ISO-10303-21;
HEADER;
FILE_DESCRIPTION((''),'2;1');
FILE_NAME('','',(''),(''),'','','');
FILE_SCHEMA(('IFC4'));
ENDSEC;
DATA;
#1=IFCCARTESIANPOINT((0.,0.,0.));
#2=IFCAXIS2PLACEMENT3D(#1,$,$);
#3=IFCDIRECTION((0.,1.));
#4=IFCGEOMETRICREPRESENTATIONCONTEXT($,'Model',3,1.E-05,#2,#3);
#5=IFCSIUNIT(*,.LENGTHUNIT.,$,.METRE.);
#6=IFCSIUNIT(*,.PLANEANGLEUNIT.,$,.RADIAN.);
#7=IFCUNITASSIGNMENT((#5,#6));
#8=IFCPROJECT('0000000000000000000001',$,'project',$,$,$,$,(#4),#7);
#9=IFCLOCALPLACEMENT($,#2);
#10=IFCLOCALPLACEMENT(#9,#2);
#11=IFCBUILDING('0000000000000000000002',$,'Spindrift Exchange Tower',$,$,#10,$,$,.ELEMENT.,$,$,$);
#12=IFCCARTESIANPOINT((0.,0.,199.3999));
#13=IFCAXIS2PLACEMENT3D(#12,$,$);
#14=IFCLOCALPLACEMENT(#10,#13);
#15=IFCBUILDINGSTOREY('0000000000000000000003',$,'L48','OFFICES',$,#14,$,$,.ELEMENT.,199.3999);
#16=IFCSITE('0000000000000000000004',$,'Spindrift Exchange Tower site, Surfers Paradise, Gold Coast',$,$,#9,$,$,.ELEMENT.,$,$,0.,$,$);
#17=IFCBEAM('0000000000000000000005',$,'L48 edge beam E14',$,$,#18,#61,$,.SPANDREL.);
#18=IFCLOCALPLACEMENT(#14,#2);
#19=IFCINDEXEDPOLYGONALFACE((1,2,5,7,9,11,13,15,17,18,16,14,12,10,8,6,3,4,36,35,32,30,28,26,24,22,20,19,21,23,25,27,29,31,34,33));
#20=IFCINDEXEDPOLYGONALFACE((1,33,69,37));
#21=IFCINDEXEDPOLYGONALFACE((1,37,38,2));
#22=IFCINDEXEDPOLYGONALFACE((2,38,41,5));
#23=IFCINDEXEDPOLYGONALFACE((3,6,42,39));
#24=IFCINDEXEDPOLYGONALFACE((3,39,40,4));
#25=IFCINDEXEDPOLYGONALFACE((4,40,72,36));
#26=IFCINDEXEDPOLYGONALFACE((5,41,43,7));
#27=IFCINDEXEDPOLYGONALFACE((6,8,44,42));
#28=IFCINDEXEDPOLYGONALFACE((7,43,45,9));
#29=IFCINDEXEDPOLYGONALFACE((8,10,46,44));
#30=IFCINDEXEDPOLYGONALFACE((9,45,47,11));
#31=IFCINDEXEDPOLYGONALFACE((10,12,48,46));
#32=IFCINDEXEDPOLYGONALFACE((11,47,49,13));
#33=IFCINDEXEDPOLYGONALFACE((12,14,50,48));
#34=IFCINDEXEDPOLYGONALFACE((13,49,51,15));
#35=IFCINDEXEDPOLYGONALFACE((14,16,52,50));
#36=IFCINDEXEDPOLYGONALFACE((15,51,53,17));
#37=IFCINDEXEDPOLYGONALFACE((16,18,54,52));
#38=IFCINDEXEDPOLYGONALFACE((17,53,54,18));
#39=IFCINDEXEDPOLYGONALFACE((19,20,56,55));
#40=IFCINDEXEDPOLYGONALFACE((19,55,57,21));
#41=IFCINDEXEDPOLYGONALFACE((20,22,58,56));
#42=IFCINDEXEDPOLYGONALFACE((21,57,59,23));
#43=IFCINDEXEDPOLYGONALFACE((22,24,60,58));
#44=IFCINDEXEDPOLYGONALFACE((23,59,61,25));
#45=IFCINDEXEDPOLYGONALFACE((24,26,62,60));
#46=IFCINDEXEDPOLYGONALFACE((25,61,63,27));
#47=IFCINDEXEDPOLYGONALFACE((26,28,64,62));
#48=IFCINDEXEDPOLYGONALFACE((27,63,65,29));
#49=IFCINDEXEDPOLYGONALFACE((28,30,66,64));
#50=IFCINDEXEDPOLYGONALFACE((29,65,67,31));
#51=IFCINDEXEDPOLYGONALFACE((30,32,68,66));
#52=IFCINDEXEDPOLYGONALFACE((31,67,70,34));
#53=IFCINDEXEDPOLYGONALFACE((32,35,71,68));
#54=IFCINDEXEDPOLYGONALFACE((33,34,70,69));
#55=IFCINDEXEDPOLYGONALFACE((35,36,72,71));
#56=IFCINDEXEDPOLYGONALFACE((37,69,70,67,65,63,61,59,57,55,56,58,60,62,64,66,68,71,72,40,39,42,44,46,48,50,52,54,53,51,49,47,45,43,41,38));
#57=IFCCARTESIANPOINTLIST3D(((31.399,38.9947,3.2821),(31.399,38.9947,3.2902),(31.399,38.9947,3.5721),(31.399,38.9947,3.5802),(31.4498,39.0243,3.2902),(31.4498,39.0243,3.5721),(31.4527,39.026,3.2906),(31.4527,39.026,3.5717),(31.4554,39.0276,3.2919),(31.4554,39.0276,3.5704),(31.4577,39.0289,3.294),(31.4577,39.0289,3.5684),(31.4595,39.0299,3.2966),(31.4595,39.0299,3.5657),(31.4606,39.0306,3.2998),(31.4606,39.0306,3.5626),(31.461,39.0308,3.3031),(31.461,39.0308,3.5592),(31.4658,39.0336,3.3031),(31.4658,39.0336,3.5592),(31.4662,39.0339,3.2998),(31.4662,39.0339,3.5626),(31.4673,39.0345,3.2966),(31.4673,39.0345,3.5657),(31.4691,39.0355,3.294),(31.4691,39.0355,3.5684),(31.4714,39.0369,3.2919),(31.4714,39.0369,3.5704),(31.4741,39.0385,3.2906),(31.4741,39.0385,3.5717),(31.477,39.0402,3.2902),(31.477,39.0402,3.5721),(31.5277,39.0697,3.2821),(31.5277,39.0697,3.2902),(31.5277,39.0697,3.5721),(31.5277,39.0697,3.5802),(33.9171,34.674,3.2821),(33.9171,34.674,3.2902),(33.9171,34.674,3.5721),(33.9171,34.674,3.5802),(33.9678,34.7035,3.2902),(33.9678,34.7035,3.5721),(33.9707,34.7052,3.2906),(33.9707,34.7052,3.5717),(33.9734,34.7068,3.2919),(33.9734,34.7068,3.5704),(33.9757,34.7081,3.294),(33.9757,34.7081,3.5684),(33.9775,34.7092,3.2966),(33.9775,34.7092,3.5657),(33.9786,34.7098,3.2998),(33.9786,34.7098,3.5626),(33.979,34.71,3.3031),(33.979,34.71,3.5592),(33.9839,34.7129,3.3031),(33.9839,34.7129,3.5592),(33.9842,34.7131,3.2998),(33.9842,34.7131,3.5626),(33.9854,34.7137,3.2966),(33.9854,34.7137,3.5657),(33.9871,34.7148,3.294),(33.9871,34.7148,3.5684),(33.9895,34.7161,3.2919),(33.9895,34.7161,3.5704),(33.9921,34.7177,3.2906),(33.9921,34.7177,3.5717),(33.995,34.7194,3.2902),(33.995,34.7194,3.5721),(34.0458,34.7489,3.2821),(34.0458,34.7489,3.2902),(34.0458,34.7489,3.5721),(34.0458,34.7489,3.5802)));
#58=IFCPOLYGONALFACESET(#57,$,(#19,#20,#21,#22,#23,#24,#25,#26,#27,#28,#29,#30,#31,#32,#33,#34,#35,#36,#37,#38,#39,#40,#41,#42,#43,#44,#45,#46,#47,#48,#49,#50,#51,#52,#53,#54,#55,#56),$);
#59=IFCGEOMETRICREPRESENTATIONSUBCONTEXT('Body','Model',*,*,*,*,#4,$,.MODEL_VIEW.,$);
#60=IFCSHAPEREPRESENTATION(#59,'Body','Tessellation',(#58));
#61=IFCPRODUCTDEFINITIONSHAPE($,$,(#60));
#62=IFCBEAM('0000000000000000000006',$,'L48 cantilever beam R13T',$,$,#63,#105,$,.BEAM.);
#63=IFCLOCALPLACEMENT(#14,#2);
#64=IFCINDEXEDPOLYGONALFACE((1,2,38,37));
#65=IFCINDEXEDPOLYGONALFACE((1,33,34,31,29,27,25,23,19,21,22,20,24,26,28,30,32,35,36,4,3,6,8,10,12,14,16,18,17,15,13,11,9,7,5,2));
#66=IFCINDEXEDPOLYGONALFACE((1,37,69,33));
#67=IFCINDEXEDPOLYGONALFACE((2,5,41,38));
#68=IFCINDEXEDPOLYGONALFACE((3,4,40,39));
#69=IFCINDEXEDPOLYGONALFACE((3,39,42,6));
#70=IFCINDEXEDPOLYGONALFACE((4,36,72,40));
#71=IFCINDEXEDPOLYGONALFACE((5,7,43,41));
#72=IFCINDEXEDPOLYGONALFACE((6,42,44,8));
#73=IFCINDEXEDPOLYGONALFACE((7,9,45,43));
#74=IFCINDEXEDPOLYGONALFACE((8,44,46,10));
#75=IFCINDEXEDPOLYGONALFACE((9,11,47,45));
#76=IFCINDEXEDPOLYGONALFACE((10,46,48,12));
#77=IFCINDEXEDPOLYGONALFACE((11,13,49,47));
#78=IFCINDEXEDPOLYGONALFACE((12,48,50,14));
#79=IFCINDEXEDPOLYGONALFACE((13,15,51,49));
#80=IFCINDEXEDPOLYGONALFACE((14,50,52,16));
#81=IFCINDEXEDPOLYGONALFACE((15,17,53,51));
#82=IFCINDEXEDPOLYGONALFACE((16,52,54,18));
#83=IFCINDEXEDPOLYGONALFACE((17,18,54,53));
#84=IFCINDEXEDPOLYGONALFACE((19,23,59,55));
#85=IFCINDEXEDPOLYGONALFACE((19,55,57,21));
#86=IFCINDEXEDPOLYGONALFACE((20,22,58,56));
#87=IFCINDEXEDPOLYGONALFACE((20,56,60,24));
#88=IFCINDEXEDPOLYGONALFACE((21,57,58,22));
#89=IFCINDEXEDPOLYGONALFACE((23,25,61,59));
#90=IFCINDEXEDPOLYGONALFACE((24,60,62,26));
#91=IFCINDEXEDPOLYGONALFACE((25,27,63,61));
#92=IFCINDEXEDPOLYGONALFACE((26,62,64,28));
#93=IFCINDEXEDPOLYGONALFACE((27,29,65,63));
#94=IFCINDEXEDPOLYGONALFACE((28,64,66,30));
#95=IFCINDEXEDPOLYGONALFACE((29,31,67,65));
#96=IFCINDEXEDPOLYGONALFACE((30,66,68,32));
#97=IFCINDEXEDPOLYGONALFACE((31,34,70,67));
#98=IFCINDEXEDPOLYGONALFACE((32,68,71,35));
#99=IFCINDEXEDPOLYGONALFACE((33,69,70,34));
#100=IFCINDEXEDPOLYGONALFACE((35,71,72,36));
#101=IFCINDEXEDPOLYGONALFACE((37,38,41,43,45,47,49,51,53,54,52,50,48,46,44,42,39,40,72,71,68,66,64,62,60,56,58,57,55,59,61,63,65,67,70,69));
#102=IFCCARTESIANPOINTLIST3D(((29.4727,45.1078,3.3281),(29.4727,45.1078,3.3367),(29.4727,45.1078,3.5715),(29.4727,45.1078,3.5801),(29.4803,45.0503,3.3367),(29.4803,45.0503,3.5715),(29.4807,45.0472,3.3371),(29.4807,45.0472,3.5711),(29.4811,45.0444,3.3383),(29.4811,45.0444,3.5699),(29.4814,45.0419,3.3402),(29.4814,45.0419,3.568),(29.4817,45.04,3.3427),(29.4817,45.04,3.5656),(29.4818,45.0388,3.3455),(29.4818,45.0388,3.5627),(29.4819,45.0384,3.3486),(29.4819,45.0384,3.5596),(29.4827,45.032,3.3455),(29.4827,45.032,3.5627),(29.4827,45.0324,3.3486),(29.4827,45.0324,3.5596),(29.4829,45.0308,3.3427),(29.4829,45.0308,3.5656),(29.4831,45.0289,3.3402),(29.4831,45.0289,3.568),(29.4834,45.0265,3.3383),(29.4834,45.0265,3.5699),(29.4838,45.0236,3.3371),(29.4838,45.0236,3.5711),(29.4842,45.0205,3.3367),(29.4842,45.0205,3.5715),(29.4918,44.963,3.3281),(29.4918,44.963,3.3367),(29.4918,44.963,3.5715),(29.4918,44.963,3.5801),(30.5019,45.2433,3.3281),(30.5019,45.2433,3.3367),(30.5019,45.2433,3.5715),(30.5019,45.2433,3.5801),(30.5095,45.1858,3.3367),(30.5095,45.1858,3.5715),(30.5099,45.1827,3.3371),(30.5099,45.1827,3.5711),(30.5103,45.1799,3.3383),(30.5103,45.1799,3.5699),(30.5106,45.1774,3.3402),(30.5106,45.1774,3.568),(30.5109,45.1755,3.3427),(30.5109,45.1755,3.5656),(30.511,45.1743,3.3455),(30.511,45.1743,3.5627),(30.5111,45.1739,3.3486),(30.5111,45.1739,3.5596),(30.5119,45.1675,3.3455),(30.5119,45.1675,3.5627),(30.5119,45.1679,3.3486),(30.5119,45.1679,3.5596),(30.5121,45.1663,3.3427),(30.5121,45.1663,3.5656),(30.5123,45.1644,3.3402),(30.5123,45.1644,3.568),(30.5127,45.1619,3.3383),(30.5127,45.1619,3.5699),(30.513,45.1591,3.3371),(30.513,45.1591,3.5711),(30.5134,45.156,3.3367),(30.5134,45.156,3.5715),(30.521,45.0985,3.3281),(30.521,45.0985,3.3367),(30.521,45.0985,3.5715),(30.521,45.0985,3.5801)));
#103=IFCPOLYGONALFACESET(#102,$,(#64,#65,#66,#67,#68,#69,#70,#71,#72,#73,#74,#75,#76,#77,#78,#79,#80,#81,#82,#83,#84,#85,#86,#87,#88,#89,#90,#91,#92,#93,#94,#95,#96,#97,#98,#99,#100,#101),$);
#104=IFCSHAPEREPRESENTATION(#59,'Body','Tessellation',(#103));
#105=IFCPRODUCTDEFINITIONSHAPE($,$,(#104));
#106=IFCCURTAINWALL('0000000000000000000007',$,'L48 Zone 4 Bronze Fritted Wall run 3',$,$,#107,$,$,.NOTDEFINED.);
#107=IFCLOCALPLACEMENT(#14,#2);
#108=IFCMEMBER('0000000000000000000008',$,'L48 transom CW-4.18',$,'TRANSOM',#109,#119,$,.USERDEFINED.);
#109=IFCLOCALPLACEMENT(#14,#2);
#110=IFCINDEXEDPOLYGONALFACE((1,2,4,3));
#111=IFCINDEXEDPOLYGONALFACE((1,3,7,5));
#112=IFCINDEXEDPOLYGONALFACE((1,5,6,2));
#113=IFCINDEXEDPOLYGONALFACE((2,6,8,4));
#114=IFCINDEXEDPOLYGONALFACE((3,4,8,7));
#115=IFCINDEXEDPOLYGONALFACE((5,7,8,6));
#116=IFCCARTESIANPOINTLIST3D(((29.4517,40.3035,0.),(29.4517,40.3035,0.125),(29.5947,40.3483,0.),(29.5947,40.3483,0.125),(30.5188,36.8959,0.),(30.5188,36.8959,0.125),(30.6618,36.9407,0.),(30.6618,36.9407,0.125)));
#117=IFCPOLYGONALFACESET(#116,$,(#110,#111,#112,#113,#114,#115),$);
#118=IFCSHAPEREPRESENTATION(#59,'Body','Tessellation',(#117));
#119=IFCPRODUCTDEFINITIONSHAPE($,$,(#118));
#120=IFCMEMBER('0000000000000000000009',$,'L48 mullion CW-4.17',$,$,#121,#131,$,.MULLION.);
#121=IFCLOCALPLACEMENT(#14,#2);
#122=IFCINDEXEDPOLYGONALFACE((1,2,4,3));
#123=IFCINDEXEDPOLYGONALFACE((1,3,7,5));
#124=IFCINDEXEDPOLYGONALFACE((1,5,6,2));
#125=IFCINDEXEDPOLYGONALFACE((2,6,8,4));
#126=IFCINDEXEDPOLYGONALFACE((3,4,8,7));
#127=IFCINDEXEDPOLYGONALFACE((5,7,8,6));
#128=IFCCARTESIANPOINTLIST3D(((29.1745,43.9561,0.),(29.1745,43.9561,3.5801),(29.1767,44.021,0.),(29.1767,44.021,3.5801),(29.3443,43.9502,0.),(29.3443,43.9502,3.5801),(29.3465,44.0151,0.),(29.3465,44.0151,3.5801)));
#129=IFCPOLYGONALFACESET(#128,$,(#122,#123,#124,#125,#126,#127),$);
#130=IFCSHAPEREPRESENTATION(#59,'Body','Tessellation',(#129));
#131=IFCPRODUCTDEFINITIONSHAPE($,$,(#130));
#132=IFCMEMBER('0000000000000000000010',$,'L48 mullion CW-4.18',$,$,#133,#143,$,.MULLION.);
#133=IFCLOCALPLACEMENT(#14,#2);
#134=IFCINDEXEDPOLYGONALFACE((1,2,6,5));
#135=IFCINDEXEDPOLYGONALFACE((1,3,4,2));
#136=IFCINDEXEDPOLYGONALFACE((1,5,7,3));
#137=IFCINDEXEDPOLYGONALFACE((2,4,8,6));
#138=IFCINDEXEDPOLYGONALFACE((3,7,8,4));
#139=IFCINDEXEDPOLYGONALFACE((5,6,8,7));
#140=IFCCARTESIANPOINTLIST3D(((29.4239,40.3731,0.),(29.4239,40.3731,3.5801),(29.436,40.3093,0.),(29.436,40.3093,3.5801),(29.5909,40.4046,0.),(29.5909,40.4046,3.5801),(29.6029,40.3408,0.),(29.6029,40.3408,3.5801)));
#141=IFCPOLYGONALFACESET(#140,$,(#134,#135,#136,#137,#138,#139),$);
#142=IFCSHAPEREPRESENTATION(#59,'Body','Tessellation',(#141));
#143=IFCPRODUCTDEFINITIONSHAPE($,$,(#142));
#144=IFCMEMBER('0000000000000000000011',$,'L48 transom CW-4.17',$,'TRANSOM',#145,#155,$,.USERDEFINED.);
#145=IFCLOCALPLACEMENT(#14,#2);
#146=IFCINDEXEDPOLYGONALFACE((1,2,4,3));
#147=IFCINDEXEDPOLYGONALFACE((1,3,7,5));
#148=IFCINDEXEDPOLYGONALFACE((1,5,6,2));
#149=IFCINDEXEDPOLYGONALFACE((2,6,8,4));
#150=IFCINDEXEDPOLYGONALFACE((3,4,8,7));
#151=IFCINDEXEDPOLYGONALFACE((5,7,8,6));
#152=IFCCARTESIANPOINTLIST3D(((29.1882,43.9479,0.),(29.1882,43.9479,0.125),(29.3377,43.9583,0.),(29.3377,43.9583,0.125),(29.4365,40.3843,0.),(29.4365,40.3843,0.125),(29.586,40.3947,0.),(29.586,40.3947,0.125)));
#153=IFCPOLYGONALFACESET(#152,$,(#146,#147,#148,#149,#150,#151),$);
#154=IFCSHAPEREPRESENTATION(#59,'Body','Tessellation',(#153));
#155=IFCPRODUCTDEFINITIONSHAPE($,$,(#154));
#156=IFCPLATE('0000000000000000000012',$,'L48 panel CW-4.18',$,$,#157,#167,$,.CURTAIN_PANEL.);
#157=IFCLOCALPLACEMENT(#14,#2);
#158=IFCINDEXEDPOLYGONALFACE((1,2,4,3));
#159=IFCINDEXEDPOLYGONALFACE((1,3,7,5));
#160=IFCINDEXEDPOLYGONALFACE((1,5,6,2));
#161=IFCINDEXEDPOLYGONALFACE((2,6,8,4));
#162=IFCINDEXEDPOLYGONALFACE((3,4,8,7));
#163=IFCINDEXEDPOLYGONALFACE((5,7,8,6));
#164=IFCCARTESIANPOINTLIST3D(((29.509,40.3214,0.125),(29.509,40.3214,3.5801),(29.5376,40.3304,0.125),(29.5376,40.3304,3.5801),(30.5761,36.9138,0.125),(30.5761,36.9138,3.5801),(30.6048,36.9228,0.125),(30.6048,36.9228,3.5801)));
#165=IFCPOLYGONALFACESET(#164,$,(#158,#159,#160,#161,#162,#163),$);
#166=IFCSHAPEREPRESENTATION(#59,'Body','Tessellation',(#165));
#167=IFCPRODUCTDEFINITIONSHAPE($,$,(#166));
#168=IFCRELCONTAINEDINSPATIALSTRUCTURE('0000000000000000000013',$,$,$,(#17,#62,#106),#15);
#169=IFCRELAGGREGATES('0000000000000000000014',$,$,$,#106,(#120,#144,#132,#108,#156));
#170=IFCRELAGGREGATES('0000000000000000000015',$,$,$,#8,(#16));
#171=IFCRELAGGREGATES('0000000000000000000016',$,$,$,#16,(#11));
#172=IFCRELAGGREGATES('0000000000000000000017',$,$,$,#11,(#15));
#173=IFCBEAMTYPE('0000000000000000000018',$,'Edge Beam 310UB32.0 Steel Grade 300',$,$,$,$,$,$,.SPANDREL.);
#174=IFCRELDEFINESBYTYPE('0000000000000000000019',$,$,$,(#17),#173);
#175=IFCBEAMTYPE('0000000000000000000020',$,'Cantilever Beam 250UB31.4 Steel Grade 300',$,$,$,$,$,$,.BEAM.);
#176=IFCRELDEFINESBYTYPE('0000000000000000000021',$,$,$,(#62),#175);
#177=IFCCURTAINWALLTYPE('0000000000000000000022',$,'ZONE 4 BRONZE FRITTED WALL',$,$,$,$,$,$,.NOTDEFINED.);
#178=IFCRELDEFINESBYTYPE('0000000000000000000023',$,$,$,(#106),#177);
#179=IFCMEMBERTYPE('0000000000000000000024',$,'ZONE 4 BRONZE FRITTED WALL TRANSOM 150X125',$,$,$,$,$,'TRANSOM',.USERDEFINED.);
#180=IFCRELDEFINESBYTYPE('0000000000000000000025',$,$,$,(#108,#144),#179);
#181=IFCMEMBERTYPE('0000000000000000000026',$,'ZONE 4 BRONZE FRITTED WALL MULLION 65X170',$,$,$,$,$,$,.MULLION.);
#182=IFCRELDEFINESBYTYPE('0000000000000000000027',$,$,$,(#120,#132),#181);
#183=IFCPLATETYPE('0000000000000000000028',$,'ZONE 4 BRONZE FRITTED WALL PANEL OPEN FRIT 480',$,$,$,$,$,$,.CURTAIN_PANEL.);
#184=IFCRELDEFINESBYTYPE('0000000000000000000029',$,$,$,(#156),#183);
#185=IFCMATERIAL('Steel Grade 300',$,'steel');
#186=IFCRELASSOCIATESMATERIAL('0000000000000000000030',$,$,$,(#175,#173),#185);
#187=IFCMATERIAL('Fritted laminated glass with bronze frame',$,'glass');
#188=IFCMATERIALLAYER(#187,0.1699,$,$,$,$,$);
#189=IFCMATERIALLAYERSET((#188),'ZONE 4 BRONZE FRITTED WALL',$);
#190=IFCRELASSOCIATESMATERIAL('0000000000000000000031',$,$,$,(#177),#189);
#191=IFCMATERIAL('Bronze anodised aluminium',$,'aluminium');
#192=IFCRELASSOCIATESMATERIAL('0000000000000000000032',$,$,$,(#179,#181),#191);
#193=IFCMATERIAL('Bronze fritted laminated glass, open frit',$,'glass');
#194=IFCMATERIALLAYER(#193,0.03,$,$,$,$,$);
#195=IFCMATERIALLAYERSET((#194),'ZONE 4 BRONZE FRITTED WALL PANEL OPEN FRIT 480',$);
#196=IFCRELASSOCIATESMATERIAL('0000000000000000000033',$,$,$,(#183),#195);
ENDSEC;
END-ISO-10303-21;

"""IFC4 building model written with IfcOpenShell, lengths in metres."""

from ifc_helpers import new_model, si_unit, direction, frame, origin, origin_2d, place, context, subcontext, project, spatial, rectangle, i_section, extrude, source, transform, mapped, material, layer, layer_set, material_profile, profile_set, type_object, element, aggregate, save


model = new_model("IFC4")

# Units and contexts
model_context = context("Model", 3, precision=1e-05, world=origin(), true_north=direction((0.0, 1.0)))
body_context = subcontext(model_context, "Body", "Model", "MODEL_VIEW")
ifc_project = project(units=[si_unit("LENGTHUNIT", "METRE"), si_unit("PLANEANGLEUNIT", "RADIAN")], contexts=[model_context])

# Site, building, storey
site_placement = place(None, origin())
site = spatial("IfcSite", under=ifc_project, at=site_placement, Name="Spindrift Exchange Tower site, Surfers Paradise, Gold Coast", CompositionType="ELEMENT", RefElevation=0.0)
building_placement = place(site_placement, origin())
building = spatial("IfcBuilding", under=site, at=building_placement, Name="Spindrift Exchange Tower", CompositionType="ELEMENT")
storey_placement = place(building_placement, frame((0.0, 0.0, 199.3999)))
storey = spatial("IfcBuildingStorey", under=building, at=storey_placement, Name="L48", Description="OFFICES", CompositionType="ELEMENT", Elevation=199.3999)

# Beams
ifc_material_1 = material(Name="Steel Grade 300", Category="steel")
ifc_material_profile_1 = material_profile(ifc_material_1, i_section(OverallWidth=0.146, OverallDepth=0.252, WebThickness=0.0061, FlangeThickness=0.0085, FilletRadius=0.012, at=origin_2d()), Name="250UB31.4")
ifc_profile_set_1 = profile_set([ifc_material_profile_1], Name="Steel Grade 300")
beam_type_1 = type_object("IfcBeamType", Name="Cantilever Beam 250UB31.4 Steel Grade 300", PredefinedType="BEAM", material=ifc_profile_set_1)
ifc_material_profile_2 = material_profile(ifc_material_1, i_section(OverallWidth=0.1489, OverallDepth=0.2981, WebThickness=0.0056, FlangeThickness=0.0081, FilletRadius=0.0129, at=origin_2d()), Name="310UB32.0")
ifc_profile_set_2 = profile_set([ifc_material_profile_2], Name="Steel Grade 300")
beam_type_2 = type_object("IfcBeamType", Name="Edge Beam 310UB32.0 Steel Grade 300", PredefinedType="SPANDREL", material=ifc_profile_set_2)
shared_shape_1 = source(origin(), body_context, "Body", "SweptSolid", [
    extrude(i_section(OverallWidth=0.1489, OverallDepth=0.2981, WebThickness=0.0056, FlangeThickness=0.0081, FilletRadius=0.0129, at=origin_2d()), origin(), (0.0, 0.0, 1.0), 5.001),
])
beam_1_placement = place(storey_placement, frame((31.4634, 39.0322, 3.4312), z_axis=(0.503513, -0.863988, 0.0), x_axis=(0.863988, 0.503513, 0.0)))
element("IfcBeam", 1, at=beam_1_placement, inside=storey, type_object=beam_type_2, Name="L48 edge beam E14", PredefinedType="SPANDREL", context=body_context, shape_type="MappedRepresentation", body=[
    mapped(shared_shape_1, transform((0.0, 0.0, 0.0), scale=1.0)),
])
shared_shape_2 = source(origin(), body_context, "Body", "SweptSolid", [
    extrude(i_section(OverallWidth=0.146, OverallDepth=0.252, WebThickness=0.0061, FlangeThickness=0.0085, FilletRadius=0.012, at=origin_2d()), origin(), (0.0, 0.0, 1.0), 1.0381),
])
beam_2_placement = place(storey_placement, frame((30.5115, 45.1709, 3.4541), z_axis=(-0.991446, -0.130515, 0.0), x_axis=(0.130515, -0.991446, 0.0)))
element("IfcBeam", 2, at=beam_2_placement, inside=storey, type_object=beam_type_1, Name="L48 cantilever beam R13T", PredefinedType="BEAM", context=body_context, shape_type="MappedRepresentation", body=[
    mapped(shared_shape_2, transform((0.0, 0.0, 0.0), scale=1.0)),
])

# Curtain wall, members, plate
ifc_material_2 = material(Name="Fritted laminated glass with bronze frame", Category="glass")
ifc_layer_1 = layer(ifc_material_2, 0.1699)
ifc_layer_set_1 = layer_set([ifc_layer_1], Name="ZONE 4 BRONZE FRITTED WALL")
curtain_wall_type = type_object("IfcCurtainWallType", Name="ZONE 4 BRONZE FRITTED WALL", PredefinedType="NOTDEFINED", material=ifc_layer_set_1)
curtain_wall_placement = place(storey_placement, origin())
curtain_wall = element("IfcCurtainWall", 3, at=curtain_wall_placement, inside=storey, type_object=curtain_wall_type, Name="L48 Zone 4 Bronze Fritted Wall run 3", PredefinedType="NOTDEFINED")
ifc_material_3 = material(Name="Bronze anodised aluminium", Category="aluminium")
ifc_material_profile_3 = material_profile(ifc_material_3, rectangle(XDim=0.1499, YDim=0.125, at=origin_2d()), Name="ZONE 4 BRONZE FRITTED WALL TRANSOM 150X125")
ifc_profile_set_3 = profile_set([ifc_material_profile_3], Name="Bronze anodised aluminium")
member_type_1 = type_object("IfcMemberType", Name="ZONE 4 BRONZE FRITTED WALL TRANSOM 150X125", ElementType="TRANSOM", PredefinedType="USERDEFINED", material=ifc_profile_set_3)
shared_shape_3 = source(origin(), body_context, "Body", "SweptSolid", [
    extrude(rectangle(XDim=0.1499, YDim=0.125, at=origin_2d()), origin(), (0.0, 0.0, 1.0), 3.5708),
])
member_1_placement = place(storey_placement, frame((29.5232, 40.3259, 0.0625), z_axis=(0.298843, -0.954302, 0.0), x_axis=(0.954302, 0.298843, 0.0)))
member_1 = element("IfcMember", 4, at=member_1_placement, type_object=member_type_1, Name="L48 transom CW-4.18", ObjectType="TRANSOM", PredefinedType="USERDEFINED", context=body_context, shape_type="MappedRepresentation", body=[
    mapped(shared_shape_3, transform((0.0, 0.0, 0.0), scale=1.0)),
])
ifc_material_profile_4 = material_profile(ifc_material_3, rectangle(XDim=0.0649, YDim=0.1699, at=origin_2d()), Name="ZONE 4 BRONZE FRITTED WALL MULLION 65X170")
ifc_profile_set_4 = profile_set([ifc_material_profile_4], Name="Bronze anodised aluminium")
member_type_2 = type_object("IfcMemberType", Name="ZONE 4 BRONZE FRITTED WALL MULLION 65X170", PredefinedType="MULLION", material=ifc_profile_set_4)
shared_shape_4 = source(origin(), body_context, "Body", "SweptSolid", [
    extrude(rectangle(XDim=0.0649, YDim=0.1699, at=origin_2d()), origin(), (0.0, 0.0, 1.0), 3.5801),
])
member_2_placement = place(storey_placement, frame((29.2605, 43.9856, 0.0), z_axis=(0.0, 0.0, 1.0), x_axis=(-0.034269, -0.999413, 0.0)))
member_2 = element("IfcMember", 5, at=member_2_placement, type_object=member_type_2, Name="L48 mullion CW-4.17", PredefinedType="MULLION", context=body_context, shape_type="MappedRepresentation", body=[
    mapped(shared_shape_4, transform((0.0, 0.0, 0.0), scale=1.0)),
])
member_3_placement = place(storey_placement, frame((29.5134, 40.3569, 0.0), z_axis=(0.0, 0.0, 1.0), x_axis=(0.185463, -0.982651, 0.0)))
member_3 = element("IfcMember", 6, at=member_3_placement, type_object=member_type_2, Name="L48 mullion CW-4.18", PredefinedType="MULLION", context=body_context, shape_type="MappedRepresentation", body=[
    mapped(shared_shape_4, transform((0.0, 0.0, 0.0), scale=1.0)),
])
shared_shape_5 = source(origin(), body_context, "Body", "SweptSolid", [
    extrude(rectangle(XDim=0.1499, YDim=0.125, at=origin_2d()), origin(), (0.0, 0.0, 1.0), 3.5723),
])
member_4_placement = place(storey_placement, frame((29.2629, 43.9531, 0.0625), z_axis=(0.069503, -0.997582, 0.0), x_axis=(0.997582, 0.069503, 0.0)))
member_4 = element("IfcMember", 7, at=member_4_placement, type_object=member_type_1, Name="L48 transom CW-4.17", ObjectType="TRANSOM", PredefinedType="USERDEFINED", context=body_context, shape_type="MappedRepresentation", body=[
    mapped(shared_shape_5, transform((0.0, 0.0, 0.0), scale=1.0)),
])
ifc_material_4 = material(Name="Bronze fritted laminated glass, open frit", Category="glass")
ifc_layer_2 = layer(ifc_material_4, 0.03)
ifc_layer_set_2 = layer_set([ifc_layer_2], Name="ZONE 4 BRONZE FRITTED WALL PANEL OPEN FRIT 480")
plate_type_1 = type_object("IfcPlateType", Name="ZONE 4 BRONZE FRITTED WALL PANEL OPEN FRIT 480", PredefinedType="CURTAIN_PANEL", material=ifc_layer_set_2)
shared_shape_6 = source(origin(), body_context, "Body", "SweptSolid", [
    extrude(rectangle(XDim=3.5708, YDim=0.03, at=origin_2d()), origin(), (0.0, 0.0, 1.0), 3.4551),
])
plate_1_placement = place(storey_placement, frame((30.0569, 38.6221, 0.125), z_axis=(0.0, 0.0, 1.0), x_axis=(0.298864, -0.954296, 0.0)))
plate_1 = element("IfcPlate", 8, at=plate_1_placement, type_object=plate_type_1, Name="L48 panel CW-4.18", PredefinedType="CURTAIN_PANEL", context=body_context, shape_type="MappedRepresentation", body=[
    mapped(shared_shape_6, transform((0.0, 0.0, 0.0), scale=1.0)),
])
aggregate(curtain_wall, [member_2, member_4, member_3, member_1, plate_1])

save(model, "model.ifc")
